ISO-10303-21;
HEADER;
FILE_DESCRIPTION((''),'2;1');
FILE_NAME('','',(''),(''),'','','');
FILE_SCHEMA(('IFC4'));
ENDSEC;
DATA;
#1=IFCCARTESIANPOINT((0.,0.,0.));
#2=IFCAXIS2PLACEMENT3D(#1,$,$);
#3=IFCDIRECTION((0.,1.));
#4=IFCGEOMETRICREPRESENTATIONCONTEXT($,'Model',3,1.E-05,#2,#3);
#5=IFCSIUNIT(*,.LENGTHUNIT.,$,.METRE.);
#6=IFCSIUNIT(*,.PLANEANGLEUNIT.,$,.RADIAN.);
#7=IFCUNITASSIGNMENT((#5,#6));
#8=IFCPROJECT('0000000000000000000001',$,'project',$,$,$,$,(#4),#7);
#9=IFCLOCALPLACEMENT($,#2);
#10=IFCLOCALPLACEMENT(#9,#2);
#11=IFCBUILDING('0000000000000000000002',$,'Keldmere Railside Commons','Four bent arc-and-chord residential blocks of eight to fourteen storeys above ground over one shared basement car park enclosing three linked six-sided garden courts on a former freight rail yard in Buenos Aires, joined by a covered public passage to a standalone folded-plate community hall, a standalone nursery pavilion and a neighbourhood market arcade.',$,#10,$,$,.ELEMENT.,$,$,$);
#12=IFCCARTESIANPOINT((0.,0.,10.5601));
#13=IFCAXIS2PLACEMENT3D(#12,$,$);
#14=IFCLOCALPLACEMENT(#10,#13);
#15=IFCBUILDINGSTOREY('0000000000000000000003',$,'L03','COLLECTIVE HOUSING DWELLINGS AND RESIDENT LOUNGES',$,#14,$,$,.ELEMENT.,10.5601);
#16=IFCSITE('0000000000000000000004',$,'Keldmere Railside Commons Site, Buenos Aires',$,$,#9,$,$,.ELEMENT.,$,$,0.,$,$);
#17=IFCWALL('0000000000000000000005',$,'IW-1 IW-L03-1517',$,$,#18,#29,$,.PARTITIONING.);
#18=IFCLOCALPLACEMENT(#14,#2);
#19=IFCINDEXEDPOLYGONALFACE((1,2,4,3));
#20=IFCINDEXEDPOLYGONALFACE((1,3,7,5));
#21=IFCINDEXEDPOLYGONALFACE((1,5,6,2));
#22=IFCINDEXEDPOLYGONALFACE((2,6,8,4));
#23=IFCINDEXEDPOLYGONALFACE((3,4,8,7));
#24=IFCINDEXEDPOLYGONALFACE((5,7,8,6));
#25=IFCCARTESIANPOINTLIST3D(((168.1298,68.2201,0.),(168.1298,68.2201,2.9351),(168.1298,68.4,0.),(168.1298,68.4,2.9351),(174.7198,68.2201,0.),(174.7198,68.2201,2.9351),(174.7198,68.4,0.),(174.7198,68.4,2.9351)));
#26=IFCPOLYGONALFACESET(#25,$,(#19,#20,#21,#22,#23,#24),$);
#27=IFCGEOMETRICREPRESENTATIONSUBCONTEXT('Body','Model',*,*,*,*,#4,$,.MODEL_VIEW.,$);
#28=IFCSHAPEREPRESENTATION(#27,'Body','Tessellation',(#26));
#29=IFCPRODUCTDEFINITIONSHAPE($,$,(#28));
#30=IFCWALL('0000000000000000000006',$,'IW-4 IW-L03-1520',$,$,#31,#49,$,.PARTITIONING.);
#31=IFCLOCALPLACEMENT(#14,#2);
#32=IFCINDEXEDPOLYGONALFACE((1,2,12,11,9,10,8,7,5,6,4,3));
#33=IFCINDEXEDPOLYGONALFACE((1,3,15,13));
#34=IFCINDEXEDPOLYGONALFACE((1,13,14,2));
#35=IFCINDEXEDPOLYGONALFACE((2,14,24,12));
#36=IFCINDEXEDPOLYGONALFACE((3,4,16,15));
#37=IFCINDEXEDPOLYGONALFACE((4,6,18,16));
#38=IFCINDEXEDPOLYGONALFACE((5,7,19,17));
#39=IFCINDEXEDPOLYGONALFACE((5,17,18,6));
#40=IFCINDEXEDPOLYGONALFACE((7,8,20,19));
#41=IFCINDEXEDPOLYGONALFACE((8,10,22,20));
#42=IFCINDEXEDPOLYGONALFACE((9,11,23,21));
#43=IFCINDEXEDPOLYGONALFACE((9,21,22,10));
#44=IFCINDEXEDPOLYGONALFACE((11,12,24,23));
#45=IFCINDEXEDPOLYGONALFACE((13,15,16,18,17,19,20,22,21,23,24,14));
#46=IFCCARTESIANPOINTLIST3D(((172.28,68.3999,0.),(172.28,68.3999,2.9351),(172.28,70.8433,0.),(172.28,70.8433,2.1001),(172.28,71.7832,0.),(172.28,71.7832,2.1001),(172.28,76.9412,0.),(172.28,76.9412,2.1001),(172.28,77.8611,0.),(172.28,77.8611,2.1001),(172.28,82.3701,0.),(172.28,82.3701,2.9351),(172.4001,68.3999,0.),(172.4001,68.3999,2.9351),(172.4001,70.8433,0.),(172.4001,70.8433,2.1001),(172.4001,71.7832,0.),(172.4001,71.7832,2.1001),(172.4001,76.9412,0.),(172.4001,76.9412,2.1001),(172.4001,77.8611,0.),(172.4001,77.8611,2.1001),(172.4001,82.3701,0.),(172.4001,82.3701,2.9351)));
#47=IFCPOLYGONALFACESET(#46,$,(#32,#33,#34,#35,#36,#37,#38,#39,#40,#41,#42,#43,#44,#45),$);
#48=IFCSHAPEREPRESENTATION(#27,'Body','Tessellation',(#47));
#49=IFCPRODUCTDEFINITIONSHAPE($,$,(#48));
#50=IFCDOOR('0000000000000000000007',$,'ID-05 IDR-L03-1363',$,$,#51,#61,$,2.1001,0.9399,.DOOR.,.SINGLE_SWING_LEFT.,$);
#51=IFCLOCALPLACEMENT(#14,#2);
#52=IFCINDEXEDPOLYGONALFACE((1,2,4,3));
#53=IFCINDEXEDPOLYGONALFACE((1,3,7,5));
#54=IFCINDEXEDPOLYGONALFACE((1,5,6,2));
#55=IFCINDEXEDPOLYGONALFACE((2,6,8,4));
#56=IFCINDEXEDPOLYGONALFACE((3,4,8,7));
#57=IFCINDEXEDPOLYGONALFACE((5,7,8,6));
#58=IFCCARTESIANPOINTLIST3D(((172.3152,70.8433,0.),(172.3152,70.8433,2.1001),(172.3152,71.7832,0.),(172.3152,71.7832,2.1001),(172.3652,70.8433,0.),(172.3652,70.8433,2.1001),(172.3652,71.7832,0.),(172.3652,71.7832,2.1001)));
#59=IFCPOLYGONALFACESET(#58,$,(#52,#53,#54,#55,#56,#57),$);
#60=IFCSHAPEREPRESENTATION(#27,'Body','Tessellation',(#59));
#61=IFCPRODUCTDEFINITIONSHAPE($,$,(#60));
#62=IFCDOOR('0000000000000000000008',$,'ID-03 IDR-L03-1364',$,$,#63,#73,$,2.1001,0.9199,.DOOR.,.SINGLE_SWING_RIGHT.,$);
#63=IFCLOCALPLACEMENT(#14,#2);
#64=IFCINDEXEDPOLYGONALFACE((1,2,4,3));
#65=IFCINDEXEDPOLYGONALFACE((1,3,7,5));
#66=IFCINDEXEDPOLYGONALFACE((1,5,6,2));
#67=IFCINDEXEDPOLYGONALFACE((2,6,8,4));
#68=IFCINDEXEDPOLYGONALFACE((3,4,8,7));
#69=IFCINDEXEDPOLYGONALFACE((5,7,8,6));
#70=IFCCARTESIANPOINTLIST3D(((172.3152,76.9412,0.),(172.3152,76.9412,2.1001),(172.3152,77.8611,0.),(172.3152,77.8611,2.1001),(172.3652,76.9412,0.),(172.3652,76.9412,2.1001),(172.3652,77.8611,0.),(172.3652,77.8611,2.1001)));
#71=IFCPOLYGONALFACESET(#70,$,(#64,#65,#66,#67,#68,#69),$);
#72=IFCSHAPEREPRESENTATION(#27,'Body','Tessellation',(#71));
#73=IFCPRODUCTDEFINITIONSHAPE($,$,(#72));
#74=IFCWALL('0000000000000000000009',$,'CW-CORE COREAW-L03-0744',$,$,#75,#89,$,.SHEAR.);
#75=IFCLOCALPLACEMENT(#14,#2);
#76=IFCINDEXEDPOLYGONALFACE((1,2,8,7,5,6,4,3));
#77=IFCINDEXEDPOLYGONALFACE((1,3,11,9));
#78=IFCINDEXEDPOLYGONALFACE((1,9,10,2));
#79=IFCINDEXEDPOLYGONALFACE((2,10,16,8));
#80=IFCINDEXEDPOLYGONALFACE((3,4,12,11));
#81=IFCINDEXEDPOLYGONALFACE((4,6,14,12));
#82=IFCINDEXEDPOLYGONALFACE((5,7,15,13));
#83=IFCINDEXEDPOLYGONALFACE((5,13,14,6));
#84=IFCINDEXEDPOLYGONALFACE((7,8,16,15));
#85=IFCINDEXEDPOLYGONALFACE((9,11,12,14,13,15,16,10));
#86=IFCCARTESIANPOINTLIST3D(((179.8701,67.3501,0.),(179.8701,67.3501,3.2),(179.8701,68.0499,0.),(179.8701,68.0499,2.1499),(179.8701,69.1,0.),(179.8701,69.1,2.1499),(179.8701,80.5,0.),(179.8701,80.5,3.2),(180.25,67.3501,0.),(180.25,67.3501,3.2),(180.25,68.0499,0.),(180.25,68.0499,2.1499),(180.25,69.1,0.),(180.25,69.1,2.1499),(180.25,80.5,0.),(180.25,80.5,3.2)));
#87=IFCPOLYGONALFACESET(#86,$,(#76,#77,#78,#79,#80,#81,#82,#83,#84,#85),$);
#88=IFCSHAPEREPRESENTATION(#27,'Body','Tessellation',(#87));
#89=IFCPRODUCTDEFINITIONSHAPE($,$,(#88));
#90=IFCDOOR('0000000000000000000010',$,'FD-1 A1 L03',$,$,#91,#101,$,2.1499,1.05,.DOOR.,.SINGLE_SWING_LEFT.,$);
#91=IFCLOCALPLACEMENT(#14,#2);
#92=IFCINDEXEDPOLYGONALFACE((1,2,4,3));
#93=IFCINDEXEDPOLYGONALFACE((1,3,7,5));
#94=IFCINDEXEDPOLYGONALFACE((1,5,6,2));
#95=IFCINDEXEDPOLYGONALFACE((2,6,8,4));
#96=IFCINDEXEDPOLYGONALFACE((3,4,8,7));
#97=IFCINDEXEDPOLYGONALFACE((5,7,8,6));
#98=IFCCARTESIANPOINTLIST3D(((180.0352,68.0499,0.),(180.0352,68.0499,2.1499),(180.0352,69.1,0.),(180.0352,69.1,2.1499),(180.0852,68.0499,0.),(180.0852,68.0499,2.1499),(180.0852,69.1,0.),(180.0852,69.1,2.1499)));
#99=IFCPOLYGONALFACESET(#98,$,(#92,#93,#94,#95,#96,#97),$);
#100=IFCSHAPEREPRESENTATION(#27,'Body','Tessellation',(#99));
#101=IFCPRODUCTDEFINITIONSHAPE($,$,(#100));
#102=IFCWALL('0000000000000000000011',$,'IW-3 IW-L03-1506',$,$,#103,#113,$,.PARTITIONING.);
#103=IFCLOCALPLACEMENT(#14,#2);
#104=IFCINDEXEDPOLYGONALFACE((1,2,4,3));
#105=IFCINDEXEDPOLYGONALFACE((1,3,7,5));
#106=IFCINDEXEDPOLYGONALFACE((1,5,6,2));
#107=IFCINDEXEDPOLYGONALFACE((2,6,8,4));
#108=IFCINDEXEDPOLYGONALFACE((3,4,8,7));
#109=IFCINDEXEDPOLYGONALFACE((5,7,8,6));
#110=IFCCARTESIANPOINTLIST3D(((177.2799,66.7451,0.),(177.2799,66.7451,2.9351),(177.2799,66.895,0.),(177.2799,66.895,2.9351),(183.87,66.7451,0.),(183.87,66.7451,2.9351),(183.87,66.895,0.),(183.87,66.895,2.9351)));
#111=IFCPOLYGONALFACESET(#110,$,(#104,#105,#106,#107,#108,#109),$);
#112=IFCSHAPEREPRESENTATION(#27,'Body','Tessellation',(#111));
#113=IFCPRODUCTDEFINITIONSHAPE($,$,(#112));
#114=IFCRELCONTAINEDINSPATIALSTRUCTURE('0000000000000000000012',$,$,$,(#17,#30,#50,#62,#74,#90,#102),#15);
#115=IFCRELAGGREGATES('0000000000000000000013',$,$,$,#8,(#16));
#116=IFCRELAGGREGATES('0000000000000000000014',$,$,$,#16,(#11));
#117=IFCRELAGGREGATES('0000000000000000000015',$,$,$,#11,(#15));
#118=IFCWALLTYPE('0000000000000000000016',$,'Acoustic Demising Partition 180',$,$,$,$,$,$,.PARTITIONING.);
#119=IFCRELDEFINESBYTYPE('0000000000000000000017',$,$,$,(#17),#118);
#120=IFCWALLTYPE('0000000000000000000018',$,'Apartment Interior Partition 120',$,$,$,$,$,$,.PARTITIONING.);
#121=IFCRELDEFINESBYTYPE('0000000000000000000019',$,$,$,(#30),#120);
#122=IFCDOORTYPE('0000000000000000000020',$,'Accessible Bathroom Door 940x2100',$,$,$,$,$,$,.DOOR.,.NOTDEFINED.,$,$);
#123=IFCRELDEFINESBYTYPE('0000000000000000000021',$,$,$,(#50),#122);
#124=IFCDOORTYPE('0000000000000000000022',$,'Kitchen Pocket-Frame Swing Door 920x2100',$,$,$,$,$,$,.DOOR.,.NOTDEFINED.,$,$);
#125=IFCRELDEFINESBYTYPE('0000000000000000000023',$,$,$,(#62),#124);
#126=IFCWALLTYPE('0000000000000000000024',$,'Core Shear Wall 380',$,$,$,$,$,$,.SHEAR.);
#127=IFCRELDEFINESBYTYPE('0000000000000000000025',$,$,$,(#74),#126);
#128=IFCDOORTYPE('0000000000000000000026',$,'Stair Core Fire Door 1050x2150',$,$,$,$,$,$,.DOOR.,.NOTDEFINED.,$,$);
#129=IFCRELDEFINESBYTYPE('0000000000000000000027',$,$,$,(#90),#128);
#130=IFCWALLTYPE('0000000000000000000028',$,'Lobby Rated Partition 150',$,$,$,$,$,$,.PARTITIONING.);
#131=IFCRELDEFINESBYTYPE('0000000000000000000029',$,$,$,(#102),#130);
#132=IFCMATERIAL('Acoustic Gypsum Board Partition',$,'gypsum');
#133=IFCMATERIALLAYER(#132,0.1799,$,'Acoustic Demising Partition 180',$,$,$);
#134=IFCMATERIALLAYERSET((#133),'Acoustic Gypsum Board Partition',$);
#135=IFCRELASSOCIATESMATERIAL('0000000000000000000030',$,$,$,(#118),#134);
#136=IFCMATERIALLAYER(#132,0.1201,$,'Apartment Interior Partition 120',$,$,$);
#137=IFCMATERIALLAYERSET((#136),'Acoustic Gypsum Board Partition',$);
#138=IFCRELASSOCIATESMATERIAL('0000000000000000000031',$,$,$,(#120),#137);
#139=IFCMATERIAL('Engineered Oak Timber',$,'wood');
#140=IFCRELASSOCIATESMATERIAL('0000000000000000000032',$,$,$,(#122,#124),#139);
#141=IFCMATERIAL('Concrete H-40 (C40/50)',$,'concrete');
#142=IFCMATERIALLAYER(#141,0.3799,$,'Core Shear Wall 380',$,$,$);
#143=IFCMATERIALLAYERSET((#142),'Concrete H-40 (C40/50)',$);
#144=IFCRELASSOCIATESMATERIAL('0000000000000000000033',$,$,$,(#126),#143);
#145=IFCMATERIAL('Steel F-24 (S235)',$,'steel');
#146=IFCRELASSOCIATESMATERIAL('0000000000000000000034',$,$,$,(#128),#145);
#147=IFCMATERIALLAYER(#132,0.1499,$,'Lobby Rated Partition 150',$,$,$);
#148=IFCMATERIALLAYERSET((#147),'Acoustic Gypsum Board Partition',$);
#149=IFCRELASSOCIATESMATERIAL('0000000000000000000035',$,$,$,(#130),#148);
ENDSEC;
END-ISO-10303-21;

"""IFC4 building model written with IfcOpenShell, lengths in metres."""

from ifc_helpers import new_model, si_unit, direction, frame, frame_2d, origin, place, context, subcontext, project, spatial, rectangle, extrude, material, layer, layer_set, type_object, element, fill, save


model = new_model("IFC4")

# Units and contexts
model_context = context("Model", 3, precision=1e-05, world=origin(), true_north=direction((0.0, 1.0)))
body_context = subcontext(model_context, "Body", "Model", "MODEL_VIEW")
ifc_project = project(units=[si_unit("LENGTHUNIT", "METRE"), si_unit("PLANEANGLEUNIT", "RADIAN")], contexts=[model_context])

# Site, building, storey
site_placement = place(None, origin())
site = spatial("IfcSite", under=ifc_project, at=site_placement, Name="Keldmere Railside Commons Site, Buenos Aires", CompositionType="ELEMENT", RefElevation=0.0)
building_placement = place(site_placement, origin())
building = spatial("IfcBuilding", under=site, at=building_placement, Name="Keldmere Railside Commons", Description="Four bent arc-and-chord residential blocks of eight to fourteen storeys above ground over one shared basement car park enclosing three linked six-sided garden courts on a former freight rail yard in Buenos Aires, joined by a covered public passage to a standalone folded-plate community hall, a standalone nursery pavilion and a neighbourhood market arcade.", CompositionType="ELEMENT")
storey_placement = place(building_placement, frame((0.0, 0.0, 10.5601)))
storey = spatial("IfcBuildingStorey", under=building, at=storey_placement, Name="L03", Description="COLLECTIVE HOUSING DWELLINGS AND RESIDENT LOUNGES", CompositionType="ELEMENT", Elevation=10.5601)

# Wall
ifc_material_1 = material(Name="Acoustic Gypsum Board Partition", Category="gypsum")
ifc_layer_1 = layer(ifc_material_1, 0.1799, Name="Acoustic Demising Partition 180")
ifc_layer_set_1 = layer_set([ifc_layer_1], Name="Acoustic Gypsum Board Partition")
wall_type_1 = type_object("IfcWallType", Name="Acoustic Demising Partition 180", PredefinedType="PARTITIONING", material=ifc_layer_set_1)
wall_1_placement = place(storey_placement, frame((168.1299, 68.3101, 0.0), z_axis=(0.0, 0.0, 1.0), x_axis=(1.0, 0.0, 0.0)))
element("IfcWall", 1, at=wall_1_placement, inside=storey, type_object=wall_type_1, Name="IW-1 IW-L03-1517", PredefinedType="PARTITIONING", context=body_context, shape_type="SweptSolid", body=[
    extrude(rectangle(XDim=6.5901, YDim=0.1799, at=frame_2d((3.2949, 0.0))), origin(), (0.0, 0.0, 1.0), 2.9351),
])

# Wall, openings, doors
ifc_layer_2 = layer(ifc_material_1, 0.1201, Name="Apartment Interior Partition 120")
ifc_layer_set_2 = layer_set([ifc_layer_2], Name="Acoustic Gypsum Board Partition")
wall_type_2 = type_object("IfcWallType", Name="Apartment Interior Partition 120", PredefinedType="PARTITIONING", material=ifc_layer_set_2)
wall_2_placement = place(storey_placement, frame((172.3401, 68.3999, 0.0), z_axis=(0.0, 0.0, 1.0), x_axis=(0.0, 1.0, 0.0)))
wall_2 = element("IfcWall", 2, at=wall_2_placement, inside=storey, type_object=wall_type_2, Name="IW-4 IW-L03-1520", PredefinedType="PARTITIONING", context=body_context, shape_type="SweptSolid", body=[
    extrude(rectangle(XDim=13.9702, YDim=0.1201, at=frame_2d((6.9851, 0.0))), origin(), (0.0, 0.0, 1.0), 2.9351),
])
opening_1_placement = place(wall_2_placement, frame((2.4434, 0.0, 0.0)))
opening_1 = element("IfcOpeningElement", 3, at=opening_1_placement, cuts=wall_2, PredefinedType="OPENING", context=body_context, shape_type="SweptSolid", body=[
    extrude(rectangle(XDim=0.9399, YDim=2.1001, at=frame_2d((0.47, 1.05))), frame((0.0, 0.0701, 0.0), z_axis=(0.0, -1.0, 0.0), x_axis=(1.0, 0.0, 0.0)), (0.0, 0.0, 1.0), 0.1401),
])
opening_2_placement = place(wall_2_placement, frame((8.5413, 0.0, 0.0)))
opening_2 = element("IfcOpeningElement", 4, at=opening_2_placement, cuts=wall_2, PredefinedType="OPENING", context=body_context, shape_type="SweptSolid", body=[
    extrude(rectangle(XDim=0.9199, YDim=2.1001, at=frame_2d((0.46, 1.05))), frame((0.0, 0.0701, 0.0), z_axis=(0.0, -1.0, 0.0), x_axis=(1.0, 0.0, 0.0)), (0.0, 0.0, 1.0), 0.1401),
])
ifc_material_2 = material(Name="Engineered Oak Timber", Category="wood")
door_type_1 = type_object("IfcDoorType", Name="Accessible Bathroom Door 940x2100", OperationType="NOTDEFINED", PredefinedType="DOOR", material=ifc_material_2)
door_1_placement = place(opening_1_placement, origin())
door_1 = element("IfcDoor", 5, at=door_1_placement, inside=storey, type_object=door_type_1, Name="ID-05 IDR-L03-1363", OperationType="SINGLE_SWING_LEFT", OverallHeight=2.1001, OverallWidth=0.9399, PredefinedType="DOOR", context=body_context, shape_type="SweptSolid", body=[
    extrude(rectangle(XDim=0.9399, YDim=2.1001, at=frame_2d((0.47, 1.05))), frame((0.0, 0.0249, 0.0), z_axis=(0.0, -1.0, 0.0), x_axis=(1.0, 0.0, 0.0)), (0.0, 0.0, 1.0), 0.05),
])
fill(opening_1, door_1)
door_type_2 = type_object("IfcDoorType", Name="Kitchen Pocket-Frame Swing Door 920x2100", OperationType="NOTDEFINED", PredefinedType="DOOR", material=ifc_material_2)
door_2_placement = place(opening_2_placement, origin())
door_2 = element("IfcDoor", 6, at=door_2_placement, inside=storey, type_object=door_type_2, Name="ID-03 IDR-L03-1364", OperationType="SINGLE_SWING_RIGHT", OverallHeight=2.1001, OverallWidth=0.9199, PredefinedType="DOOR", context=body_context, shape_type="SweptSolid", body=[
    extrude(rectangle(XDim=0.9199, YDim=2.1001, at=frame_2d((0.46, 1.05))), frame((0.0, 0.0249, 0.0), z_axis=(0.0, -1.0, 0.0), x_axis=(1.0, 0.0, 0.0)), (0.0, 0.0, 1.0), 0.05),
])
fill(opening_2, door_2)

# Wall, opening, door
ifc_material_3 = material(Name="Concrete H-40 (C40/50)", Category="concrete")
ifc_layer_3 = layer(ifc_material_3, 0.3799, Name="Core Shear Wall 380")
ifc_layer_set_3 = layer_set([ifc_layer_3], Name="Concrete H-40 (C40/50)")
wall_type_3 = type_object("IfcWallType", Name="Core Shear Wall 380", PredefinedType="SHEAR", material=ifc_layer_set_3)
wall_3_placement = place(storey_placement, frame((180.0601, 67.3501, 0.0), z_axis=(0.0, 0.0, 1.0), x_axis=(0.0, 1.0, 0.0)))
wall_3 = element("IfcWall", 7, at=wall_3_placement, inside=storey, type_object=wall_type_3, Name="CW-CORE COREAW-L03-0744", PredefinedType="SHEAR", context=body_context, shape_type="SweptSolid", body=[
    extrude(rectangle(XDim=13.1499, YDim=0.3799, at=frame_2d((6.575, 0.0))), origin(), (0.0, 0.0, 1.0), 3.2),
])
opening_3_placement = place(wall_3_placement, frame((0.7, 0.0, 0.0)))
opening_3 = element("IfcOpeningElement", 8, at=opening_3_placement, cuts=wall_3, PredefinedType="OPENING", context=body_context, shape_type="SweptSolid", body=[
    extrude(rectangle(XDim=1.05, YDim=2.1499, at=frame_2d((0.5249, 1.075))), frame((0.0, 0.2, 0.0), z_axis=(0.0, -1.0, 0.0), x_axis=(1.0, 0.0, 0.0)), (0.0, 0.0, 1.0), 0.3999),
])
ifc_material_4 = material(Name="Steel F-24 (S235)", Category="steel")
door_type_3 = type_object("IfcDoorType", Name="Stair Core Fire Door 1050x2150", OperationType="NOTDEFINED", PredefinedType="DOOR", material=ifc_material_4)
door_3_placement = place(opening_3_placement, origin())
door_3 = element("IfcDoor", 9, at=door_3_placement, inside=storey, type_object=door_type_3, Name="FD-1 A1 L03", OperationType="SINGLE_SWING_LEFT", OverallHeight=2.1499, OverallWidth=1.05, PredefinedType="DOOR", context=body_context, shape_type="SweptSolid", body=[
    extrude(rectangle(XDim=1.05, YDim=2.1499, at=frame_2d((0.5249, 1.075))), frame((0.0, 0.0249, 0.0), z_axis=(0.0, -1.0, 0.0), x_axis=(1.0, 0.0, 0.0)), (0.0, 0.0, 1.0), 0.05),
])
fill(opening_3, door_3)

# Wall
ifc_layer_4 = layer(ifc_material_1, 0.1499, Name="Lobby Rated Partition 150")
ifc_layer_set_4 = layer_set([ifc_layer_4], Name="Acoustic Gypsum Board Partition")
wall_type_4 = type_object("IfcWallType", Name="Lobby Rated Partition 150", PredefinedType="PARTITIONING", material=ifc_layer_set_4)
wall_4_placement = place(storey_placement, frame((177.28, 66.8201, 0.0), z_axis=(0.0, 0.0, 1.0), x_axis=(1.0, 0.0, 0.0)))
element("IfcWall", 10, at=wall_4_placement, inside=storey, type_object=wall_type_4, Name="IW-3 IW-L03-1506", PredefinedType="PARTITIONING", context=body_context, shape_type="SweptSolid", body=[
    extrude(rectangle(XDim=6.5901, YDim=0.1499, at=frame_2d((3.2949, 0.0))), origin(), (0.0, 0.0, 1.0), 2.9351),
])

save(model, "model.ifc")
